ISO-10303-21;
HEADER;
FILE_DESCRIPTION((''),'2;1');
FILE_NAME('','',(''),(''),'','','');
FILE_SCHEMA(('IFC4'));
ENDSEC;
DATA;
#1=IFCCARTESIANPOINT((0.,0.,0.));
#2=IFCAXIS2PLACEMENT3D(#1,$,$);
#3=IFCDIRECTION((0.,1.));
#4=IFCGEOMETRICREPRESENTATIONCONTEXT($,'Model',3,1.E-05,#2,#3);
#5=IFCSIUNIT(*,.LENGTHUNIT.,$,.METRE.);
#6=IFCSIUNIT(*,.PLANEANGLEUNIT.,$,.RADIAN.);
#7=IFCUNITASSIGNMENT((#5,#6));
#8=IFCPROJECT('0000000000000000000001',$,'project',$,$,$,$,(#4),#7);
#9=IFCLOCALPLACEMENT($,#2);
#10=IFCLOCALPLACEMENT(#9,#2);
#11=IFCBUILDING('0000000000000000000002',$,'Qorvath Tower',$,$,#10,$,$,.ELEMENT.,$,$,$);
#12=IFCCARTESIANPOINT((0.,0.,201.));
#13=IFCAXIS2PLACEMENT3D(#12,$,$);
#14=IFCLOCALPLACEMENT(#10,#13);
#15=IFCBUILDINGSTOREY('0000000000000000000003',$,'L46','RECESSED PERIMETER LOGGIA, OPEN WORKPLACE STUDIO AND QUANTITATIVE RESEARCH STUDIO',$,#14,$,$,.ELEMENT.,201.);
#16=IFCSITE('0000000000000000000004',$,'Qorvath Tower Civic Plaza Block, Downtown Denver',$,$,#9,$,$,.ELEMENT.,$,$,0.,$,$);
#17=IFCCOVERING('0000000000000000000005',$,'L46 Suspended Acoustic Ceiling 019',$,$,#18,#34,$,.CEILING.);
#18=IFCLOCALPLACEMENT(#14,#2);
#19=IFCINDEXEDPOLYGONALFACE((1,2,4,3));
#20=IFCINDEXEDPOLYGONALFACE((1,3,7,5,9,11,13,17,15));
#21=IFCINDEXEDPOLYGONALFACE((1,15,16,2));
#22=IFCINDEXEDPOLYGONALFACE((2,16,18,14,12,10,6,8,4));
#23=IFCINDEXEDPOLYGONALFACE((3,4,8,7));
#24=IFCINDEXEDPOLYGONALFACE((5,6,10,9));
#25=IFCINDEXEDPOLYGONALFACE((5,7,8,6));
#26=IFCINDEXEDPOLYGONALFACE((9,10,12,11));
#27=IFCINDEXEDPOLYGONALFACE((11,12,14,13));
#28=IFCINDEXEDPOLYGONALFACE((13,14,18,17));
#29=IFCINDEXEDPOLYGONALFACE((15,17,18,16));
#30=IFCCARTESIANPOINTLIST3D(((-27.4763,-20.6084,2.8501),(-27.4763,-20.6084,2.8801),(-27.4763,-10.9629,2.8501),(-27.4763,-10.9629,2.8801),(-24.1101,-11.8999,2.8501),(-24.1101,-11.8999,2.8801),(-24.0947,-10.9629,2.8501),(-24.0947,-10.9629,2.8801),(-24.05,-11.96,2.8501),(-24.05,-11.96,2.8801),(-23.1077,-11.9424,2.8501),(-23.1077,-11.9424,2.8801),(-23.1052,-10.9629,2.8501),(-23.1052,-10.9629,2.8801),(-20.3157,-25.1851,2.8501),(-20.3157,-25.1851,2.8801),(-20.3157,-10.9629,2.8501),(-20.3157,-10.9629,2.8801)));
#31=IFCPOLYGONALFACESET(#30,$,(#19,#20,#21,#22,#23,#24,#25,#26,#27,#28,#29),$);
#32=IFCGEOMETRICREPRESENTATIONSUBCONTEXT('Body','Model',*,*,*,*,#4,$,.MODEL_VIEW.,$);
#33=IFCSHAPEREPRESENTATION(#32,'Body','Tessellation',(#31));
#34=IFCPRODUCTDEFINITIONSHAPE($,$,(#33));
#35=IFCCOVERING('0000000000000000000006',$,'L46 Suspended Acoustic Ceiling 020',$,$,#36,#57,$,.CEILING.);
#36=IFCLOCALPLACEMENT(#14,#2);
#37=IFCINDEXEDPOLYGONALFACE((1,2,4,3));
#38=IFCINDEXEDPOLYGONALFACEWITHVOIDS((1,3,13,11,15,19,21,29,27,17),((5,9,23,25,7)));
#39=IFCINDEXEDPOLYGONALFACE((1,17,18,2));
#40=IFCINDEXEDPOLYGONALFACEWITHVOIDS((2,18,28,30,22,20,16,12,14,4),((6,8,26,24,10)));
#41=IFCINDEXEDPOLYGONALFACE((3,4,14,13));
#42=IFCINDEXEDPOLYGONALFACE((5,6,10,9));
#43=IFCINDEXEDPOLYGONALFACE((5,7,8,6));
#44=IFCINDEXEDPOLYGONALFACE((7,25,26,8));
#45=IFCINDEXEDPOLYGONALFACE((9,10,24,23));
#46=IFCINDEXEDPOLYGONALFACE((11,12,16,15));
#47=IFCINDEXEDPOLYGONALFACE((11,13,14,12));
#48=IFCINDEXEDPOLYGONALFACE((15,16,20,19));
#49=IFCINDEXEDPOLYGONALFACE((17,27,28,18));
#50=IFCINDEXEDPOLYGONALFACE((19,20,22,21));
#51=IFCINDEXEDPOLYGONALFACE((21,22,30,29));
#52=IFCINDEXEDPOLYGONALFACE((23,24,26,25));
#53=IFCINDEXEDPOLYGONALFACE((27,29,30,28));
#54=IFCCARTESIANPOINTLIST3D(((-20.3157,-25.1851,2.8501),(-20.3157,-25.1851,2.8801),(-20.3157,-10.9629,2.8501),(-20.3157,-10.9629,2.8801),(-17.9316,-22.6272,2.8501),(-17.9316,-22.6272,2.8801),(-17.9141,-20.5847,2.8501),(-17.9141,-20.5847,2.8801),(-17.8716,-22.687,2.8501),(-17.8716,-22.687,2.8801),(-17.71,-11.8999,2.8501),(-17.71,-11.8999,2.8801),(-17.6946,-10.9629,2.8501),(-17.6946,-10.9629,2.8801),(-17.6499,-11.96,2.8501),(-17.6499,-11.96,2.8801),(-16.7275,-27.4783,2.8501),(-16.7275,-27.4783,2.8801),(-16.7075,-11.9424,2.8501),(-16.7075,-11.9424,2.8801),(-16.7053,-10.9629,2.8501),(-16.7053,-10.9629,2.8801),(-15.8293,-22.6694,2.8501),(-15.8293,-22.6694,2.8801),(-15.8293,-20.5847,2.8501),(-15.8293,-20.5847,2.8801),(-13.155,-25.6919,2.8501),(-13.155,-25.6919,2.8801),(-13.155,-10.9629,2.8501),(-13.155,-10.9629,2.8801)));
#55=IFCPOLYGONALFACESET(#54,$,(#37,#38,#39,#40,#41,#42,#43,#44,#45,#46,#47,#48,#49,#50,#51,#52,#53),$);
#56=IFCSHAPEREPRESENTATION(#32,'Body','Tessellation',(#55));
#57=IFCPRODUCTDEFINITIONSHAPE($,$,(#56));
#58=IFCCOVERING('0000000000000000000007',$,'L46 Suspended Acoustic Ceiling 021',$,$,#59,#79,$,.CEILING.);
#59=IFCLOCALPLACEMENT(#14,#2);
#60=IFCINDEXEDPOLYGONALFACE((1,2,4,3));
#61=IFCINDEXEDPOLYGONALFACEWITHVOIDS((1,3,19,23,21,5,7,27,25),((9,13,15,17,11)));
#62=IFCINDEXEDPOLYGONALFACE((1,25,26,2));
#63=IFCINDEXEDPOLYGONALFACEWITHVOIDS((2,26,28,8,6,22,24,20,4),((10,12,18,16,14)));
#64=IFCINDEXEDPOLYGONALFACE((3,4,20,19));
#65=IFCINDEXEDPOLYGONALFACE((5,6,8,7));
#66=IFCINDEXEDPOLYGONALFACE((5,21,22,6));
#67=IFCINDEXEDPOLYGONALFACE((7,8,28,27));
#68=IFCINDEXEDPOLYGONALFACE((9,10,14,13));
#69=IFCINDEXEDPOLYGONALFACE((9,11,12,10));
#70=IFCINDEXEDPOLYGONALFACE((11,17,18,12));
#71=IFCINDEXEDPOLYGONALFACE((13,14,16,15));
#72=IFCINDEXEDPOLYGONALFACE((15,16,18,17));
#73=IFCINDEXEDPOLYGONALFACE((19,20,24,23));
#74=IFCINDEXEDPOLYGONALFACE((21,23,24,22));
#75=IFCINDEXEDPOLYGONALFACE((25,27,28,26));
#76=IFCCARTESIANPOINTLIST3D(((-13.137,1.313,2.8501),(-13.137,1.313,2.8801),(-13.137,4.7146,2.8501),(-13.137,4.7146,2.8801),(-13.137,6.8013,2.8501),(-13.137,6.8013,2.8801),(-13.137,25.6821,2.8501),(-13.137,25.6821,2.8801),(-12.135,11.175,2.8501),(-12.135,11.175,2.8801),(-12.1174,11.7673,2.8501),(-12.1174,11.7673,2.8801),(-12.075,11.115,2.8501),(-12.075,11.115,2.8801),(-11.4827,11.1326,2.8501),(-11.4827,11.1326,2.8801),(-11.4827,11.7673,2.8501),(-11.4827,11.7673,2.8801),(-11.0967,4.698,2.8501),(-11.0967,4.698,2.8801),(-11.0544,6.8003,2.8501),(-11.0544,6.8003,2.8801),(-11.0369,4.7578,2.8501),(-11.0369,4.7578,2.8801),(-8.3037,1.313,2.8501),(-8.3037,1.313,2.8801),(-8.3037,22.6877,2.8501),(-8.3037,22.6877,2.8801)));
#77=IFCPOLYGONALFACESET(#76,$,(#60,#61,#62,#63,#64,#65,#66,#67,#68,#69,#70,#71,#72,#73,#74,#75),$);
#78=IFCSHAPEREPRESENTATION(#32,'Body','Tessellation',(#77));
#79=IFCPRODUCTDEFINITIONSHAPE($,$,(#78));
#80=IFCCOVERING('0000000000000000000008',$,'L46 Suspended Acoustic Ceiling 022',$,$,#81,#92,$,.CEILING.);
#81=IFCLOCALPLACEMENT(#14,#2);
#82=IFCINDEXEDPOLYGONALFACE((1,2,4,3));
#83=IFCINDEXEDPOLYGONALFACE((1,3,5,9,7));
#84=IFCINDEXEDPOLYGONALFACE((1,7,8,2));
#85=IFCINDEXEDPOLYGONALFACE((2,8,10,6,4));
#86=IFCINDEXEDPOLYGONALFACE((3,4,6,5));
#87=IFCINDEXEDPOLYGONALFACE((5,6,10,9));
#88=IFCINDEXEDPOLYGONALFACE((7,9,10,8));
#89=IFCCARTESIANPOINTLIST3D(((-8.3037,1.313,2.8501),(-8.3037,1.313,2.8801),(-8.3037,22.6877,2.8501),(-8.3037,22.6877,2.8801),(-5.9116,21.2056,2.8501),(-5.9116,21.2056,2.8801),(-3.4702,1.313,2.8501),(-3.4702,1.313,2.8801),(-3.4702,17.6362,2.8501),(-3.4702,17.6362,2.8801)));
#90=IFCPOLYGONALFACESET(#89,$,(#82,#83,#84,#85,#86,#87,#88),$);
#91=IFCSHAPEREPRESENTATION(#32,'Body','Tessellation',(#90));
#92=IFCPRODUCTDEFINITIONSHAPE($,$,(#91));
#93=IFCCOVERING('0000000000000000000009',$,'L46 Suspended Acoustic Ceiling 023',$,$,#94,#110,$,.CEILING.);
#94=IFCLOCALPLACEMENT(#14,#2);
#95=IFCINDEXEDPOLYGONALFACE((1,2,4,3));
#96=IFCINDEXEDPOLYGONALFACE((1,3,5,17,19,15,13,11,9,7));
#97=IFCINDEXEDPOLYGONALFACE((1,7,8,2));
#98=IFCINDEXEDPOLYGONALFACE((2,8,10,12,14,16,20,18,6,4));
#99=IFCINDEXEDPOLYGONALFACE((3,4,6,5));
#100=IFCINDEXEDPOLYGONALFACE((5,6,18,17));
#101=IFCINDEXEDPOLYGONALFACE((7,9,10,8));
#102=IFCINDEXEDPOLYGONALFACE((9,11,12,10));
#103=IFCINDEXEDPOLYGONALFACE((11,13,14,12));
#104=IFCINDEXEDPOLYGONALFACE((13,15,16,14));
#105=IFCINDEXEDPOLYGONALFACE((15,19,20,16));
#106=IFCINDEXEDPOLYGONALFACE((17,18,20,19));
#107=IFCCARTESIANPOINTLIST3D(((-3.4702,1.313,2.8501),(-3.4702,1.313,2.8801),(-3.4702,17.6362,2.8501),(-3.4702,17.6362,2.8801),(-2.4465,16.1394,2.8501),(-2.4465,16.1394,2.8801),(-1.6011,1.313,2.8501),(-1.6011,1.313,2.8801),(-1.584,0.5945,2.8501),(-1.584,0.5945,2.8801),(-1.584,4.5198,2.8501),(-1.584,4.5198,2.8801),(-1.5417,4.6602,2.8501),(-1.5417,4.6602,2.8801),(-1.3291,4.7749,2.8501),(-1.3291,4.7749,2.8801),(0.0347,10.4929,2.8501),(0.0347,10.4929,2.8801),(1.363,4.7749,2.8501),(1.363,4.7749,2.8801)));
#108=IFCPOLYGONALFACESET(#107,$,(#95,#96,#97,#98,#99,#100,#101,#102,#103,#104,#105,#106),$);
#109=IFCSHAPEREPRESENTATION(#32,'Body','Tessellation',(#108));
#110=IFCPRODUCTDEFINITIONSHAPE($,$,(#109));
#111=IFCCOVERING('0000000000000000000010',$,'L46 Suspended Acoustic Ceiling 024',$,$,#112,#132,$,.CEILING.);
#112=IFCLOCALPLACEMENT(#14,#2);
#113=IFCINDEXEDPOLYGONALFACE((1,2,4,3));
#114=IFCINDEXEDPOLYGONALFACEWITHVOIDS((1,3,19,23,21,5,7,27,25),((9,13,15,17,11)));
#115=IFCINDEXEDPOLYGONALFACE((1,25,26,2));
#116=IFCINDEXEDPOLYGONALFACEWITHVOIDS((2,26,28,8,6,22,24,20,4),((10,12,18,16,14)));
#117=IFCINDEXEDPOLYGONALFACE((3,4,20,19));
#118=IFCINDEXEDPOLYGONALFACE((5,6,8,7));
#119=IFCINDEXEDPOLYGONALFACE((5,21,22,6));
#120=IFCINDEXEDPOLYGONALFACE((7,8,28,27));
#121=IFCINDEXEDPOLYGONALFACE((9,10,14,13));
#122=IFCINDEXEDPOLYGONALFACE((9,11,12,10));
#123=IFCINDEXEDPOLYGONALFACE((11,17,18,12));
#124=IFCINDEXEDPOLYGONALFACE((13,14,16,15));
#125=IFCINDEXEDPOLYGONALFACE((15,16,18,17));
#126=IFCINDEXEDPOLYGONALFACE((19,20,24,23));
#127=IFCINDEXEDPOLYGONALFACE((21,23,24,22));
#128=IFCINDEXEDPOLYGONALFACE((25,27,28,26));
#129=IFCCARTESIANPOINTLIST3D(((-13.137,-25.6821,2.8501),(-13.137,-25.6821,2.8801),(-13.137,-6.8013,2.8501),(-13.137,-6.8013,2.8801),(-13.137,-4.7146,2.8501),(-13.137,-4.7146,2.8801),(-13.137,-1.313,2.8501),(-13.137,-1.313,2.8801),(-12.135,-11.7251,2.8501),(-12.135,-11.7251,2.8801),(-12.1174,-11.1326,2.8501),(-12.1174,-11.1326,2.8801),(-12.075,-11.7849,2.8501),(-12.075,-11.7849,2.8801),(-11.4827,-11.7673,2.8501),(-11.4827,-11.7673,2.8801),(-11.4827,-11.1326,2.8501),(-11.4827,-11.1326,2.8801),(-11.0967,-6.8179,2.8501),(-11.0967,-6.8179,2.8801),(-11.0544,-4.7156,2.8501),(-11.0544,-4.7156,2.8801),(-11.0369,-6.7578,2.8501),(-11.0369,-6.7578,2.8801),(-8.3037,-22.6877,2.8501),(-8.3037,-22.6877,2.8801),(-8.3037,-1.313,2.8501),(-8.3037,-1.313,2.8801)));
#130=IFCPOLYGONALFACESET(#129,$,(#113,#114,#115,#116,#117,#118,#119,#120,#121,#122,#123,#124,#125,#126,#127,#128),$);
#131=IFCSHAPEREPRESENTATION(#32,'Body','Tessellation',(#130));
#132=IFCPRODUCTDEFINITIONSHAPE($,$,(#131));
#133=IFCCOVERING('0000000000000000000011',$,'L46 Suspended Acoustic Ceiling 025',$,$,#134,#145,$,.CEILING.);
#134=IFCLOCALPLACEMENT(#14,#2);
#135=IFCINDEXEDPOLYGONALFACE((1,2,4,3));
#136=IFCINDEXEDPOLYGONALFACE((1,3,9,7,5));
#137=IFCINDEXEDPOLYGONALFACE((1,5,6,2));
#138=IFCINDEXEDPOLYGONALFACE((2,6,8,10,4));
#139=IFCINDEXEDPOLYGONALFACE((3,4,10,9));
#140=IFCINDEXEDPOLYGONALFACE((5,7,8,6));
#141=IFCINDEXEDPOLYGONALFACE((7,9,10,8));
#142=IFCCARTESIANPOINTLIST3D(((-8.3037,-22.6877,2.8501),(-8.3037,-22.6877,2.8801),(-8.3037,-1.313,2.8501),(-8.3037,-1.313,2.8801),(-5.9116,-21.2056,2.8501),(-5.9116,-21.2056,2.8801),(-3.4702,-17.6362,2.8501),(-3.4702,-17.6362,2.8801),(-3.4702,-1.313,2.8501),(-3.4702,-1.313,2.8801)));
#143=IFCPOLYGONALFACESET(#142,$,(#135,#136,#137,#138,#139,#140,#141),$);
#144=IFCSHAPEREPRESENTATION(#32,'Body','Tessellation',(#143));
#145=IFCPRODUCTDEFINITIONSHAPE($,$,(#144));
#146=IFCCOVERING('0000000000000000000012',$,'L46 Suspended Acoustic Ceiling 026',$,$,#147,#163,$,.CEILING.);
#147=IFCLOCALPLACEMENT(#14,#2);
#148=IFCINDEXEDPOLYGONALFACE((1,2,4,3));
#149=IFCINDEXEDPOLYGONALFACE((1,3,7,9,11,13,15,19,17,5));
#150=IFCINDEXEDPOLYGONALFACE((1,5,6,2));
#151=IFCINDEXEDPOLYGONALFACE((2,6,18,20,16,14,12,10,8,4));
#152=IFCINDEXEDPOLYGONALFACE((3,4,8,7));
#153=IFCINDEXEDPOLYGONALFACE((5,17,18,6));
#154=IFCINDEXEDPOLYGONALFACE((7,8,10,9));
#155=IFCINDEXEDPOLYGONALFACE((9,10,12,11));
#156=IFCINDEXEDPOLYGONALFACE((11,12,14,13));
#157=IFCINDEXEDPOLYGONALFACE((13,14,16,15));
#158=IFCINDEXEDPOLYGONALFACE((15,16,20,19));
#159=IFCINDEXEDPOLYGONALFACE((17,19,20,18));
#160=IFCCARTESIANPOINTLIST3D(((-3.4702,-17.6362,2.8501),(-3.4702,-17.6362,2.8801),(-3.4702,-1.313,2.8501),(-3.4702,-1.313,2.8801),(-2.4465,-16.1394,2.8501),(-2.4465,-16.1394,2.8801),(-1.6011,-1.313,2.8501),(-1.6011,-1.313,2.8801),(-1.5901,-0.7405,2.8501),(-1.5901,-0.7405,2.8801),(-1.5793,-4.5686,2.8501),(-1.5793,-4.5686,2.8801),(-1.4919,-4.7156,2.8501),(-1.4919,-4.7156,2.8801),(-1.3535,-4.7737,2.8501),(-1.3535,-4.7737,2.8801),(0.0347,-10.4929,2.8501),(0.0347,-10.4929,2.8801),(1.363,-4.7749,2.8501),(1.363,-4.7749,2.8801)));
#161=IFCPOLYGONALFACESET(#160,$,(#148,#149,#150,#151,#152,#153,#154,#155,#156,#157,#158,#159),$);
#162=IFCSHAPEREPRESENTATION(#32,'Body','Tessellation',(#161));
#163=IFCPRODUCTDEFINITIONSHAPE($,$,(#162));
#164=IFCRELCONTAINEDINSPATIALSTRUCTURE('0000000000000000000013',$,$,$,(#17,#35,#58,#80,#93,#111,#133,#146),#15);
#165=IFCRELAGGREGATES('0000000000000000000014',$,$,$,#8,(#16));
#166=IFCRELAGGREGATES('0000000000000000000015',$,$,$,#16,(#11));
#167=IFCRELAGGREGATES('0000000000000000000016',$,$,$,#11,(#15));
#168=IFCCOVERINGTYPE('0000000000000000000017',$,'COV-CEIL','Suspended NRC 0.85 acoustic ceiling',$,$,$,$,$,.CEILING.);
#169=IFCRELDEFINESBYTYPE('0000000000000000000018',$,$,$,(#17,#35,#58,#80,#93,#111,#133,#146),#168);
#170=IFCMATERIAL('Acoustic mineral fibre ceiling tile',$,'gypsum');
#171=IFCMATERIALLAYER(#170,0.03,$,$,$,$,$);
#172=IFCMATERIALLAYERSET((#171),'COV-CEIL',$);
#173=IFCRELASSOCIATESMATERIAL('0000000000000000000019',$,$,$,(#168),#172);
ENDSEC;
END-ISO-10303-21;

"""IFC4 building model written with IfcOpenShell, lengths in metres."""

from ifc_helpers import new_model, si_unit, direction, frame, origin, place, context, subcontext, project, spatial, polyline, outline, extrude, material, layer, layer_set, type_object, element, save


model = new_model("IFC4")

# Units and contexts
model_context = context("Model", 3, precision=1e-05, world=origin(), true_north=direction((0.0, 1.0)))
body_context = subcontext(model_context, "Body", "Model", "MODEL_VIEW")
ifc_project = project(units=[si_unit("LENGTHUNIT", "METRE"), si_unit("PLANEANGLEUNIT", "RADIAN")], contexts=[model_context])

# Site, building, storey
site_placement = place(None, origin())
site = spatial("IfcSite", under=ifc_project, at=site_placement, Name="Qorvath Tower Civic Plaza Block, Downtown Denver", CompositionType="ELEMENT", RefElevation=0.0)
building_placement = place(site_placement, origin())
building = spatial("IfcBuilding", under=site, at=building_placement, Name="Qorvath Tower", CompositionType="ELEMENT")
storey_placement = place(building_placement, frame((0.0, 0.0, 201.0)))
storey = spatial("IfcBuildingStorey", under=building, at=storey_placement, Name="L46", Description="RECESSED PERIMETER LOGGIA, OPEN WORKPLACE STUDIO AND QUANTITATIVE RESEARCH STUDIO", CompositionType="ELEMENT", Elevation=201.0)

# Coverings
ifc_material_1 = material(Name="Acoustic mineral fibre ceiling tile", Category="gypsum")
ifc_layer_1 = layer(ifc_material_1, 0.03)
ifc_layer_set_1 = layer_set([ifc_layer_1], Name="COV-CEIL")
covering_type_1 = type_object("IfcCoveringType", Name="COV-CEIL", Description="Suspended NRC 0.85 acoustic ceiling", PredefinedType="CEILING", material=ifc_layer_set_1)
covering_1_placement = place(storey_placement, frame((0.0, 0.0, 2.8501)))
element("IfcCovering", 1, at=covering_1_placement, inside=storey, type_object=covering_type_1, Name="L46 Suspended Acoustic Ceiling 019", PredefinedType="CEILING", context=body_context, shape_type="SweptSolid", body=[
    extrude(outline(polyline([(-24.0947, -10.9629), (-27.4763, -10.9629), (-27.4763, -20.6084), (-20.3157, -25.1851), (-20.3157, -10.9629), (-23.1052, -10.9629), (-23.1077, -11.9424), (-24.05, -11.96), (-24.1101, -11.8999), (-24.0947, -10.9629)])), origin(), (0.0, 0.0, 1.0), 0.03),
])
covering_2_placement = place(storey_placement, frame((0.0, 0.0, 2.8501)))
element("IfcCovering", 2, at=covering_2_placement, inside=storey, type_object=covering_type_1, Name="L46 Suspended Acoustic Ceiling 020", PredefinedType="CEILING", context=body_context, shape_type="SweptSolid", body=[
    extrude(outline(polyline([(-20.3157, -10.9629), (-20.3157, -25.1851), (-16.7275, -27.4783), (-13.155, -25.6919), (-13.155, -10.9629), (-16.7053, -10.9629), (-16.7075, -11.9424), (-17.6499, -11.96), (-17.71, -11.8999), (-17.6946, -10.9629), (-20.3157, -10.9629)]), holes=[polyline([(-17.9316, -22.6272), (-17.9141, -20.5847), (-15.8293, -20.5847), (-15.8293, -22.6694), (-17.8716, -22.687), (-17.9316, -22.6272)])]), origin(), (0.0, 0.0, 1.0), 0.03),
])
covering_3_placement = place(storey_placement, frame((0.0, 0.0, 2.8501)))
element("IfcCovering", 3, at=covering_3_placement, inside=storey, type_object=covering_type_1, Name="L46 Suspended Acoustic Ceiling 021", PredefinedType="CEILING", context=body_context, shape_type="SweptSolid", body=[
    extrude(outline(polyline([(-8.3037, 1.313), (-8.3037, 22.6877), (-13.137, 25.6821), (-13.137, 6.8013), (-11.0544, 6.8003), (-11.0369, 4.7578), (-11.0967, 4.698), (-13.137, 4.7146), (-13.137, 1.313), (-8.3037, 1.313)]), holes=[polyline([(-12.135, 11.175), (-12.1174, 11.7673), (-11.4827, 11.7673), (-11.4827, 11.1326), (-12.075, 11.115), (-12.135, 11.175)])]), origin(), (0.0, 0.0, 1.0), 0.03),
])
covering_4_placement = place(storey_placement, frame((0.0, 0.0, 2.8501)))
element("IfcCovering", 4, at=covering_4_placement, inside=storey, type_object=covering_type_1, Name="L46 Suspended Acoustic Ceiling 022", PredefinedType="CEILING", context=body_context, shape_type="SweptSolid", body=[
    extrude(outline(polyline([(-3.4702, 1.313), (-3.4702, 17.6362), (-5.9116, 21.2056), (-8.3037, 22.6877), (-8.3037, 1.313), (-3.4702, 1.313)])), origin(), (0.0, 0.0, 1.0), 0.03),
])
covering_5_placement = place(storey_placement, frame((0.0, 0.0, 2.8501)))
element("IfcCovering", 5, at=covering_5_placement, inside=storey, type_object=covering_type_1, Name="L46 Suspended Acoustic Ceiling 023", PredefinedType="CEILING", context=body_context, shape_type="SweptSolid", body=[
    extrude(outline(polyline([(1.363, 4.7749), (0.0347, 10.4929), (-2.4465, 16.1394), (-3.4702, 17.6362), (-3.4702, 1.313), (-1.6011, 1.313), (-1.584, 0.5945), (-1.584, 4.5198), (-1.5417, 4.6602), (-1.3291, 4.7749), (1.363, 4.7749)])), origin(), (0.0, 0.0, 1.0), 0.03),
])
covering_6_placement = place(storey_placement, frame((0.0, 0.0, 2.8501)))
element("IfcCovering", 6, at=covering_6_placement, inside=storey, type_object=covering_type_1, Name="L46 Suspended Acoustic Ceiling 024", PredefinedType="CEILING", context=body_context, shape_type="SweptSolid", body=[
    extrude(outline(polyline([(-8.3037, -22.6877), (-8.3037, -1.313), (-13.137, -1.313), (-13.137, -4.7146), (-11.0544, -4.7156), (-11.0369, -6.7578), (-11.0967, -6.8179), (-13.137, -6.8013), (-13.137, -25.6821), (-8.3037, -22.6877)]), holes=[polyline([(-12.135, -11.7251), (-12.1174, -11.1326), (-11.4827, -11.1326), (-11.4827, -11.7673), (-12.075, -11.7849), (-12.135, -11.7251)])]), origin(), (0.0, 0.0, 1.0), 0.03),
])
covering_7_placement = place(storey_placement, frame((0.0, 0.0, 2.8501)))
element("IfcCovering", 7, at=covering_7_placement, inside=storey, type_object=covering_type_1, Name="L46 Suspended Acoustic Ceiling 025", PredefinedType="CEILING", context=body_context, shape_type="SweptSolid", body=[
    extrude(outline(polyline([(-3.4702, -17.6362), (-3.4702, -1.313), (-8.3037, -1.313), (-8.3037, -22.6877), (-5.9116, -21.2056), (-3.4702, -17.6362)])), origin(), (0.0, 0.0, 1.0), 0.03),
])
covering_8_placement = place(storey_placement, frame((0.0, 0.0, 2.8501)))
element("IfcCovering", 8, at=covering_8_placement, inside=storey, type_object=covering_type_1, Name="L46 Suspended Acoustic Ceiling 026", PredefinedType="CEILING", context=body_context, shape_type="SweptSolid", body=[
    extrude(outline(polyline([(-1.4919, -4.7156), (-1.5793, -4.5686), (-1.5901, -0.7405), (-1.6011, -1.313), (-3.4702, -1.313), (-3.4702, -17.6362), (-2.4465, -16.1394), (0.0347, -10.4929), (1.363, -4.7749), (-1.3535, -4.7737), (-1.4919, -4.7156)])), origin(), (0.0, 0.0, 1.0), 0.03),
])

save(model, "model.ifc")
